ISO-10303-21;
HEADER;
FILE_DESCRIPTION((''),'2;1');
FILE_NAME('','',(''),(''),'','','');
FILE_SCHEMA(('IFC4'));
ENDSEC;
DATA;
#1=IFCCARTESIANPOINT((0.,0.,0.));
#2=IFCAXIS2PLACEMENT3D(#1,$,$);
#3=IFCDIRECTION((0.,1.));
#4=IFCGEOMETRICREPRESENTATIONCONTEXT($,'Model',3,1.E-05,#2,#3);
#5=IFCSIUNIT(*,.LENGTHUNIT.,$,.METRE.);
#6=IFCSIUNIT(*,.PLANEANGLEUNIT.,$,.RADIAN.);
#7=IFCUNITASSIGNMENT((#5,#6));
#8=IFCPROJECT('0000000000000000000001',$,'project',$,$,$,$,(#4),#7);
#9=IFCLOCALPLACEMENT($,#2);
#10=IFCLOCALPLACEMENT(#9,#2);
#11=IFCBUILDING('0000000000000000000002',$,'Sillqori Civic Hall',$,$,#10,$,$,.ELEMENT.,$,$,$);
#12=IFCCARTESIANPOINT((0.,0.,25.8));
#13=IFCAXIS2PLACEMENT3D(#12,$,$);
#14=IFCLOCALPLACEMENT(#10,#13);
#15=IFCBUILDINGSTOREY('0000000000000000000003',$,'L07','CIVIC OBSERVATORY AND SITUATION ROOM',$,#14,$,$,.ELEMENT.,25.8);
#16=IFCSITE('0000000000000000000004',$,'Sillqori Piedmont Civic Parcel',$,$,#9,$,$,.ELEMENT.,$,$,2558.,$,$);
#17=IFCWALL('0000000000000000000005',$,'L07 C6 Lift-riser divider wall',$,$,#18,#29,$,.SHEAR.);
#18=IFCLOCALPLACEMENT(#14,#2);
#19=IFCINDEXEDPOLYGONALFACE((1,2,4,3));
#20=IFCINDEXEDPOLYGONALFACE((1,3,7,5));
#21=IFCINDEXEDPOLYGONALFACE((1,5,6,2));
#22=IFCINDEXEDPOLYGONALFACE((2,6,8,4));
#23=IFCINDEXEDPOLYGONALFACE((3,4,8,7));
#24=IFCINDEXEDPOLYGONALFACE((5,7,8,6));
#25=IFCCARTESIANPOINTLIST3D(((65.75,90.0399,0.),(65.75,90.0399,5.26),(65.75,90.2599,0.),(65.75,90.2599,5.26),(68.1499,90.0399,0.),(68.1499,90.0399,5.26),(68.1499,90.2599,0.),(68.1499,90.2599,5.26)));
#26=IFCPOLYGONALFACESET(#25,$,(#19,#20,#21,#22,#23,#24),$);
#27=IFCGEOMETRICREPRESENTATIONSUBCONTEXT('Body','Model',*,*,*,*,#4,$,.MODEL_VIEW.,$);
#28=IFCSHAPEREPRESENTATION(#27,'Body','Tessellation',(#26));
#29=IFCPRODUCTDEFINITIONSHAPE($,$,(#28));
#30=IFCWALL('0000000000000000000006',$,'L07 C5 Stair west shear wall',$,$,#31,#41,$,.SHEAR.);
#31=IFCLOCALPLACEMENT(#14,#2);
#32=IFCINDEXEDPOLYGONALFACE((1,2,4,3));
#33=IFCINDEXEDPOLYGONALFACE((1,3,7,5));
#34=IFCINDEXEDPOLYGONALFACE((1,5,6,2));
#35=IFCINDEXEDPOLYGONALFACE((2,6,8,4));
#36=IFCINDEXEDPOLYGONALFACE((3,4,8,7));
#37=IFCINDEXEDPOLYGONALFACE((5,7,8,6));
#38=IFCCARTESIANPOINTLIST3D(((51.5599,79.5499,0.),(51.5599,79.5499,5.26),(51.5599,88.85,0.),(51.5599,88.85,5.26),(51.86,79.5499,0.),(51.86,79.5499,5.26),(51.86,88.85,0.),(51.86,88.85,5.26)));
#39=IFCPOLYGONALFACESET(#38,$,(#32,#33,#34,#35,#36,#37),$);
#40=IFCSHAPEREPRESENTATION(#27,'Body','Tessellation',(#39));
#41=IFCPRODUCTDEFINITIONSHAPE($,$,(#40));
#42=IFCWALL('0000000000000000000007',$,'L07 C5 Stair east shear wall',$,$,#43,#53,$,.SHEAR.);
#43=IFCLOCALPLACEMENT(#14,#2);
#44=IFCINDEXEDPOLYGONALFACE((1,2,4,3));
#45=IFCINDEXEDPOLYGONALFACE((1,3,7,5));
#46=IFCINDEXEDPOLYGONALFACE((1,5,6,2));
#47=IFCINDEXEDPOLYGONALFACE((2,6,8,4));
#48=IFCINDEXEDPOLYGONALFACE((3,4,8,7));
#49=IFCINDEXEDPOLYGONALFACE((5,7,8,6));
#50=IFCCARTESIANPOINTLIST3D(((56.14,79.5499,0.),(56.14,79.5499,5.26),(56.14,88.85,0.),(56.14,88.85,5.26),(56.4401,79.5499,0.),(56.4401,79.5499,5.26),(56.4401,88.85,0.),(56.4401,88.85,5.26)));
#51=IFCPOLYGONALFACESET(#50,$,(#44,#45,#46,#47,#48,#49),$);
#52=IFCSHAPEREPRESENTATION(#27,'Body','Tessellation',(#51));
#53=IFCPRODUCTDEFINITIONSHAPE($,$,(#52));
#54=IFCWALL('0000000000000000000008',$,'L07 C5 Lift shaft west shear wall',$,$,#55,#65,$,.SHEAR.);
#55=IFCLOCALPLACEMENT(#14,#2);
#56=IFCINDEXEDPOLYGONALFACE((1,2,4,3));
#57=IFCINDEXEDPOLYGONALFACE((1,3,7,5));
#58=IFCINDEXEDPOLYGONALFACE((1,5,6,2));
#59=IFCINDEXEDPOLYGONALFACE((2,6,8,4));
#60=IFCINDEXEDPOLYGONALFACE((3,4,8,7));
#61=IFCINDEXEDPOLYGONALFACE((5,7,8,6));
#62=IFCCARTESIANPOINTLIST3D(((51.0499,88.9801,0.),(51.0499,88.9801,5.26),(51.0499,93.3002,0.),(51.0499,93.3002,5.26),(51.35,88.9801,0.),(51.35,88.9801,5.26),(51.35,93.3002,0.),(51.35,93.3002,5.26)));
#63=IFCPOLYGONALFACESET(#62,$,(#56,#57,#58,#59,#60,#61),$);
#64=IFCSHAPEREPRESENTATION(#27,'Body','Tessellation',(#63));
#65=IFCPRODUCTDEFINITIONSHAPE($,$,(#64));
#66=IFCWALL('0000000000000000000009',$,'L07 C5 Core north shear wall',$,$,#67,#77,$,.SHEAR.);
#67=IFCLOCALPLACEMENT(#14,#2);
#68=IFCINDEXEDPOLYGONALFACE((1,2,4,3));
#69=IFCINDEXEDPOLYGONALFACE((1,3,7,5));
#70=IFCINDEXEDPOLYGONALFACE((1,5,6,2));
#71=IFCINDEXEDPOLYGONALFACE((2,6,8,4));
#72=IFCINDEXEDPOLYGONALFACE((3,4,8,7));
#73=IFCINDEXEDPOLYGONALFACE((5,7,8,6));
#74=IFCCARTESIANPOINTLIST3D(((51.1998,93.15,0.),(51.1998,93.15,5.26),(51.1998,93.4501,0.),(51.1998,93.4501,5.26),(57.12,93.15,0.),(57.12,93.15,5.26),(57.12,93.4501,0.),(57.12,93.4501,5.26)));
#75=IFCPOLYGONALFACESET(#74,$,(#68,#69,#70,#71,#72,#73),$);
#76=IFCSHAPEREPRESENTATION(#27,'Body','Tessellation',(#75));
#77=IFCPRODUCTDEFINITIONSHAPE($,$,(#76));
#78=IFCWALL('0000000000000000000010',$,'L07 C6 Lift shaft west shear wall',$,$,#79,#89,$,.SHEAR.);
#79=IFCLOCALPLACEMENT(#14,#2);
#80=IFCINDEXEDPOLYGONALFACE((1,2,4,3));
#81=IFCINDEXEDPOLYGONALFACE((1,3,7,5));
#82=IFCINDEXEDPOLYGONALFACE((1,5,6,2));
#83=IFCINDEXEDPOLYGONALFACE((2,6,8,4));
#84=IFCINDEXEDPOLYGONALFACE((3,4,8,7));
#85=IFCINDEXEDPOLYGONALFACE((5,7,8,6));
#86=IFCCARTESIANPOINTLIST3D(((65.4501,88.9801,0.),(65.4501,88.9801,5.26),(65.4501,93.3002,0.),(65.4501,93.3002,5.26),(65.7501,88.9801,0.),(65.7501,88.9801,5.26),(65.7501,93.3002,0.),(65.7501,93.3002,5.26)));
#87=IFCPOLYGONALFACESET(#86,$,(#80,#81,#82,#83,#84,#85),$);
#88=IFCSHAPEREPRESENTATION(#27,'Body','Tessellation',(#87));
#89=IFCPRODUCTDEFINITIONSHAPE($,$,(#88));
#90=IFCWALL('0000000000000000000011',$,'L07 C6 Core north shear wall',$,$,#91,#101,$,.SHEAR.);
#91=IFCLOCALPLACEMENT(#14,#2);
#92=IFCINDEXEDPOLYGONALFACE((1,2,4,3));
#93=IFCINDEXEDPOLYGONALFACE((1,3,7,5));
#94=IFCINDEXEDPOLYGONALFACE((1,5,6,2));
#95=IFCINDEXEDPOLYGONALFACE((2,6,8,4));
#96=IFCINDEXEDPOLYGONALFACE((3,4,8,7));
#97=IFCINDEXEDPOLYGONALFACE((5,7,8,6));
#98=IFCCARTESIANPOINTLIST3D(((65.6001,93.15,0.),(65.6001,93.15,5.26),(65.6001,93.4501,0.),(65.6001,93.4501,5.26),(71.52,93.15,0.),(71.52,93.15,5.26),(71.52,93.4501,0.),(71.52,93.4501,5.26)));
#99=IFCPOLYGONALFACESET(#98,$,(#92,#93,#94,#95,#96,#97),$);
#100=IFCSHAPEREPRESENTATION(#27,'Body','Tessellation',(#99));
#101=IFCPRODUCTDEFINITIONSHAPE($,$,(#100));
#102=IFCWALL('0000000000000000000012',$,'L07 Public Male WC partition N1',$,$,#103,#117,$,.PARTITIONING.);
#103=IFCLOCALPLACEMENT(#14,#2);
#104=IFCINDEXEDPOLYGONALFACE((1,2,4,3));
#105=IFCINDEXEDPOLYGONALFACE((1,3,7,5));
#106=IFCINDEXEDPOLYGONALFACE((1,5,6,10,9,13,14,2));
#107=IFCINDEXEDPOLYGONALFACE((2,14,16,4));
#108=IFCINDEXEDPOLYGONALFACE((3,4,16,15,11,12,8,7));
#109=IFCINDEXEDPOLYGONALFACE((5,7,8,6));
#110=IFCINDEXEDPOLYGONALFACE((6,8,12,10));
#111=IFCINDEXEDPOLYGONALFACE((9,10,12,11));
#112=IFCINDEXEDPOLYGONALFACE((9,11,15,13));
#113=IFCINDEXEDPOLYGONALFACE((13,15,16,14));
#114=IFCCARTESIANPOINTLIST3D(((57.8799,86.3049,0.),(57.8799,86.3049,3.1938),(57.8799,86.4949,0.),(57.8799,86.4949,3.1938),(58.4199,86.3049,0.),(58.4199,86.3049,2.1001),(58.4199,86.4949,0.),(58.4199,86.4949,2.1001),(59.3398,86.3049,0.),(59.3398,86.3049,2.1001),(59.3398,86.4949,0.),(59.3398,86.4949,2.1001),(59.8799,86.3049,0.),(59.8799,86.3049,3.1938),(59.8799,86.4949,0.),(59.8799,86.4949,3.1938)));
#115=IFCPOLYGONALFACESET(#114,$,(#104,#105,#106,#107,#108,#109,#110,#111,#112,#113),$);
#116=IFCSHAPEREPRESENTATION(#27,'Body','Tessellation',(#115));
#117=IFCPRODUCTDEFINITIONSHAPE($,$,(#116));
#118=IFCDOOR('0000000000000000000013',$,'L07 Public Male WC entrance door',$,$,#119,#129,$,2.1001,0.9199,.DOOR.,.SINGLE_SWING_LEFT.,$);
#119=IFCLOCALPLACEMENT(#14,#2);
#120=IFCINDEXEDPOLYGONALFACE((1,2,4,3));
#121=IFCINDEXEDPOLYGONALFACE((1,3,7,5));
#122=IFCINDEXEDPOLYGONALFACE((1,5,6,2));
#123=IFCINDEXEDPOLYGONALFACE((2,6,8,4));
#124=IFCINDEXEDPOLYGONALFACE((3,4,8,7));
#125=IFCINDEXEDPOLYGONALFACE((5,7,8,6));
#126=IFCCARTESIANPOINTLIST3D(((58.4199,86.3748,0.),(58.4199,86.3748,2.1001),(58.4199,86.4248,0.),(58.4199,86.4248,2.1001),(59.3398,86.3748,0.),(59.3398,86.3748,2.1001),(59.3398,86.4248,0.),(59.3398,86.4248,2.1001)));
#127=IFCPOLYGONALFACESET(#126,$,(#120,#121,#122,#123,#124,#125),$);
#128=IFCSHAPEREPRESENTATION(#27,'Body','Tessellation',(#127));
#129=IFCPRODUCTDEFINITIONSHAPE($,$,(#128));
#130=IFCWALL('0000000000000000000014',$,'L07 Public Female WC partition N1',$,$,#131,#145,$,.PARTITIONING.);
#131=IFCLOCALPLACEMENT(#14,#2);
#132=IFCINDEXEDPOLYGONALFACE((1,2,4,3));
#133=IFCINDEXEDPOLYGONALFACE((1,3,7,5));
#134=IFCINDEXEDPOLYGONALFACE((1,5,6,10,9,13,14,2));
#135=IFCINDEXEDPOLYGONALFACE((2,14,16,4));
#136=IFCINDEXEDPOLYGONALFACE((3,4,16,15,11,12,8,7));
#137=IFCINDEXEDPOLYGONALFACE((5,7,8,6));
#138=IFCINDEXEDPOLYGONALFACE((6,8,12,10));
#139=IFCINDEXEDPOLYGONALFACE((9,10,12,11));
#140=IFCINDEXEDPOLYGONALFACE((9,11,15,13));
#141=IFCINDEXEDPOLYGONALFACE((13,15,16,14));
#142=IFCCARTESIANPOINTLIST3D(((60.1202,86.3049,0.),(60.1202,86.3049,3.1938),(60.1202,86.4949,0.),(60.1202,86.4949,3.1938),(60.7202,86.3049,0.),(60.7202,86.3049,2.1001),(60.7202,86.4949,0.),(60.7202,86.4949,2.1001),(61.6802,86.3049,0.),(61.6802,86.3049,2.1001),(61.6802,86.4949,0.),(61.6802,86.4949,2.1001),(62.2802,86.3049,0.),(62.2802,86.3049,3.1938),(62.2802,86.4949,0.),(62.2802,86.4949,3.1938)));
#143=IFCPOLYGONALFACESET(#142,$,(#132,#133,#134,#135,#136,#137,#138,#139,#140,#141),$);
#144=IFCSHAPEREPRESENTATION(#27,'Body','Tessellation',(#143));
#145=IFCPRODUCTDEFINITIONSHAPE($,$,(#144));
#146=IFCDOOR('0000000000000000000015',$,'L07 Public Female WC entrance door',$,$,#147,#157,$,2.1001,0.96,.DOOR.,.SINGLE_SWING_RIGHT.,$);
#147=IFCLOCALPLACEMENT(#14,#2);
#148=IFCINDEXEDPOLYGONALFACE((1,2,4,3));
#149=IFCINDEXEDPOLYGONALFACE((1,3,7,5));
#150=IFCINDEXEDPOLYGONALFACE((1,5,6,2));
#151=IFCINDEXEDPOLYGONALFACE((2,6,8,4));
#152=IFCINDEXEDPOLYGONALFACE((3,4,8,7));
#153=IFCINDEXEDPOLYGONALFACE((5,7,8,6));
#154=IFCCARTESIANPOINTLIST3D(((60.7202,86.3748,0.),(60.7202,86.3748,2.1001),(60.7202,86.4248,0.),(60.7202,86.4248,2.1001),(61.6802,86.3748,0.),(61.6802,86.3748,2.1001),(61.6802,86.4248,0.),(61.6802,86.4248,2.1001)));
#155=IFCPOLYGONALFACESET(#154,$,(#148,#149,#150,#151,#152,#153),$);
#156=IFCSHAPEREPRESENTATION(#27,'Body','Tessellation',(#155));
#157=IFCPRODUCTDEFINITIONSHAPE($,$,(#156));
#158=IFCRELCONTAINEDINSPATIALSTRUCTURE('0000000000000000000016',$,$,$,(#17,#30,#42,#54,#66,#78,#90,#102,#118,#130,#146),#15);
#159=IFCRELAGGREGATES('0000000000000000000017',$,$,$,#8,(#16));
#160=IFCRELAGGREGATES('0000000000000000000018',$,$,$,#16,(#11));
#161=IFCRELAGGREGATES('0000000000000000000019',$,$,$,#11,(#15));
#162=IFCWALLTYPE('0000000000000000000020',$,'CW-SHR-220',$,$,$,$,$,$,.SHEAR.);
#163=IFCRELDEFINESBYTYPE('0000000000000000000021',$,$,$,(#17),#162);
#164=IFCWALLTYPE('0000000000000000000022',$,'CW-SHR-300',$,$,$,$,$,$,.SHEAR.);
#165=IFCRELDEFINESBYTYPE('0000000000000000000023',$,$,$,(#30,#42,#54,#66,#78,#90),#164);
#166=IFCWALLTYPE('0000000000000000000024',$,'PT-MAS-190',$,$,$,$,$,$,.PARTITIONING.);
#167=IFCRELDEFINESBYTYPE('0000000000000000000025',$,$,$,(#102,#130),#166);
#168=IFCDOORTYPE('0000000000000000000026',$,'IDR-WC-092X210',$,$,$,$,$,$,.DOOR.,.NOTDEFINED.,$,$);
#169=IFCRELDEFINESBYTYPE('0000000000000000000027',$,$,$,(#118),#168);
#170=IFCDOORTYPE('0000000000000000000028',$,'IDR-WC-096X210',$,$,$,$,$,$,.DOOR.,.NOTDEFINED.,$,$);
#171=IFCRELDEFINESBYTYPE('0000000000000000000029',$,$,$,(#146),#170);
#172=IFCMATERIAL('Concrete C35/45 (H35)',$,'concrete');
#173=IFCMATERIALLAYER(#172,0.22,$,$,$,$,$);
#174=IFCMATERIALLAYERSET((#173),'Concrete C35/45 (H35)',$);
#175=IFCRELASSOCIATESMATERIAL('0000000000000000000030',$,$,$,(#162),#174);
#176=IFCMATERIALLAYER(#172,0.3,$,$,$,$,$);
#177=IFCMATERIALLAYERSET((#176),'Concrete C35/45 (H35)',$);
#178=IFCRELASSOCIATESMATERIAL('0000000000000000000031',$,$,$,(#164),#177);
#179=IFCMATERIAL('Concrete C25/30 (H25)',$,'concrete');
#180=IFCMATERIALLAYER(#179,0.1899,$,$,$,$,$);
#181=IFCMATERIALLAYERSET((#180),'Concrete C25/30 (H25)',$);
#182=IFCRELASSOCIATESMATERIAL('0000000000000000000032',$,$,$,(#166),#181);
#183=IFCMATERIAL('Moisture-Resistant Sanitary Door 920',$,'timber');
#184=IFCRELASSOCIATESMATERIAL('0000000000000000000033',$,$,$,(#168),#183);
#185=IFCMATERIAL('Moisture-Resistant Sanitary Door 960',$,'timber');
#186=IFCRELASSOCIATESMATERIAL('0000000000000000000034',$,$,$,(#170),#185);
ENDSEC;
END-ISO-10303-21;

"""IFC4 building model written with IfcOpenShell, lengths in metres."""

from ifc_helpers import new_model, si_unit, direction, frame, frame_2d, origin, place, context, subcontext, project, spatial, rectangle, extrude, material, layer, layer_set, type_object, element, fill, save


model = new_model("IFC4")

# Units and contexts
model_context = context("Model", 3, precision=1e-05, world=origin(), true_north=direction((0.0, 1.0)))
body_context = subcontext(model_context, "Body", "Model", "MODEL_VIEW")
ifc_project = project(units=[si_unit("LENGTHUNIT", "METRE"), si_unit("PLANEANGLEUNIT", "RADIAN")], contexts=[model_context])

# Site, building, storey
site_placement = place(None, origin())
site = spatial("IfcSite", under=ifc_project, at=site_placement, Name="Sillqori Piedmont Civic Parcel", CompositionType="ELEMENT", RefElevation=2558.0)
building_placement = place(site_placement, origin())
building = spatial("IfcBuilding", under=site, at=building_placement, Name="Sillqori Civic Hall", CompositionType="ELEMENT")
storey_placement = place(building_placement, frame((0.0, 0.0, 25.8)))
storey = spatial("IfcBuildingStorey", under=building, at=storey_placement, Name="L07", Description="CIVIC OBSERVATORY AND SITUATION ROOM", CompositionType="ELEMENT", Elevation=25.8)

# Shared definitions
ifc_material_1 = material(Name="Concrete C35/45 (H35)", Category="concrete")

# Shared definitions
ifc_layer_1 = layer(ifc_material_1, 0.22)
ifc_layer_set_1 = layer_set([ifc_layer_1], Name="Concrete C35/45 (H35)")
wall_type_1 = type_object("IfcWallType", Name="CW-SHR-220", PredefinedType="SHEAR", material=ifc_layer_set_1)

# Wall
wall_1_placement = place(storey_placement, frame((65.75, 90.1499, 0.0), z_axis=(0.0, 0.0, 1.0), x_axis=(1.0, 0.0, 0.0)))
element("IfcWall", 1, at=wall_1_placement, inside=storey, type_object=wall_type_1, Name="L07 C6 Lift-riser divider wall", PredefinedType="SHEAR", context=body_context, shape_type="SweptSolid", body=[
    extrude(rectangle(XDim=2.3999, YDim=0.22, at=frame_2d((1.2, 0.0))), origin(), (0.0, 0.0, 1.0), 5.26),
])

# Walls
ifc_layer_2 = layer(ifc_material_1, 0.3)
ifc_layer_set_2 = layer_set([ifc_layer_2], Name="Concrete C35/45 (H35)")
wall_type_2 = type_object("IfcWallType", Name="CW-SHR-300", PredefinedType="SHEAR", material=ifc_layer_set_2)
for number, where, z_axis, x_axis, name in (
    (2, (51.71, 79.55, 0.0), (0.0, 0.0, 1.0), (0.0, 1.0, 0.0), "L07 C5 Stair west shear wall"),
    (3, (56.29, 79.55, 0.0), (0.0, 0.0, 1.0), (0.0, 1.0, 0.0), "L07 C5 Stair east shear wall"),
):
    element("IfcWall", number, at=place(storey_placement, frame(where, z_axis=z_axis, x_axis=x_axis)), inside=storey, type_object=wall_type_2, Name=name, PredefinedType="SHEAR", context=body_context, shape_type="SweptSolid", body=[
        extrude(rectangle(XDim=9.3, YDim=0.3, at=frame_2d((4.6499, 0.0))), origin(), (0.0, 0.0, 1.0), 5.26),
    ])
wall_2_placement = place(storey_placement, frame((51.2, 88.98, 0.0), z_axis=(0.0, 0.0, 1.0), x_axis=(0.0, 1.0, 0.0)))
element("IfcWall", 4, at=wall_2_placement, inside=storey, type_object=wall_type_2, Name="L07 C5 Lift shaft west shear wall", PredefinedType="SHEAR", context=body_context, shape_type="SweptSolid", body=[
    extrude(rectangle(XDim=4.3201, YDim=0.3, at=frame_2d((2.1602, 0.0))), origin(), (0.0, 0.0, 1.0), 5.26),
])
wall_3_placement = place(storey_placement, frame((51.2, 93.3, 0.0), z_axis=(0.0, 0.0, 1.0), x_axis=(1.0, 0.0, 0.0)))
element("IfcWall", 5, at=wall_3_placement, inside=storey, type_object=wall_type_2, Name="L07 C5 Core north shear wall", PredefinedType="SHEAR", context=body_context, shape_type="SweptSolid", body=[
    extrude(rectangle(XDim=5.9202, YDim=0.3, at=frame_2d((2.96, 0.0))), origin(), (0.0, 0.0, 1.0), 5.26),
])
wall_4_placement = place(storey_placement, frame((65.6001, 88.98, 0.0), z_axis=(0.0, 0.0, 1.0), x_axis=(0.0, 1.0, 0.0)))
element("IfcWall", 6, at=wall_4_placement, inside=storey, type_object=wall_type_2, Name="L07 C6 Lift shaft west shear wall", PredefinedType="SHEAR", context=body_context, shape_type="SweptSolid", body=[
    extrude(rectangle(XDim=4.3201, YDim=0.3, at=frame_2d((2.1602, 0.0))), origin(), (0.0, 0.0, 1.0), 5.26),
])
wall_5_placement = place(storey_placement, frame((65.6001, 93.3, 0.0), z_axis=(0.0, 0.0, 1.0), x_axis=(1.0, 0.0, 0.0)))
element("IfcWall", 7, at=wall_5_placement, inside=storey, type_object=wall_type_2, Name="L07 C6 Core north shear wall", PredefinedType="SHEAR", context=body_context, shape_type="SweptSolid", body=[
    extrude(rectangle(XDim=5.9199, YDim=0.3, at=frame_2d((2.96, 0.0))), origin(), (0.0, 0.0, 1.0), 5.26),
])

# Walls, openings, doors
ifc_material_2 = material(Name="Concrete C25/30 (H25)", Category="concrete")
ifc_layer_3 = layer(ifc_material_2, 0.1899)
ifc_layer_set_3 = layer_set([ifc_layer_3], Name="Concrete C25/30 (H25)")
wall_type_3 = type_object("IfcWallType", Name="PT-MAS-190", PredefinedType="PARTITIONING", material=ifc_layer_set_3)
wall_6_placement = place(storey_placement, frame((57.8799, 86.3999, 0.0), z_axis=(0.0, 0.0, 1.0), x_axis=(1.0, 0.0, 0.0)))
wall_6 = element("IfcWall", 8, at=wall_6_placement, inside=storey, type_object=wall_type_3, Name="L07 Public Male WC partition N1", PredefinedType="PARTITIONING", context=body_context, shape_type="SweptSolid", body=[
    extrude(rectangle(XDim=2.0, YDim=0.1899, at=frame_2d((1.0, 0.0))), origin(), (0.0, 0.0, 1.0), 3.1938),
])
opening_1_placement = place(wall_6_placement, frame((0.54, 0.0, 0.0)))
opening_1 = element("IfcOpeningElement", 9, at=opening_1_placement, cuts=wall_6, PredefinedType="OPENING", context=body_context, shape_type="SweptSolid", body=[
    extrude(rectangle(XDim=0.9199, YDim=2.1001, at=frame_2d((0.46, 1.05))), frame((0.0, 0.105, 0.0), z_axis=(0.0, -1.0, 0.0), x_axis=(1.0, 0.0, 0.0)), (0.0, 0.0, 1.0), 0.21),
])
ifc_material_3 = material(Name="Moisture-Resistant Sanitary Door 920", Category="timber")
door_type_1 = type_object("IfcDoorType", Name="IDR-WC-092X210", OperationType="NOTDEFINED", PredefinedType="DOOR", material=ifc_material_3)
door_1_placement = place(opening_1_placement, origin())
door_1 = element("IfcDoor", 10, at=door_1_placement, inside=storey, type_object=door_type_1, Name="L07 Public Male WC entrance door", OperationType="SINGLE_SWING_LEFT", OverallHeight=2.1001, OverallWidth=0.9199, PredefinedType="DOOR", context=body_context, shape_type="SweptSolid", body=[
    extrude(rectangle(XDim=0.9199, YDim=2.1001, at=frame_2d((0.46, 1.05))), frame((0.0, 0.0249, 0.0), z_axis=(0.0, -1.0, 0.0), x_axis=(1.0, 0.0, 0.0)), (0.0, 0.0, 1.0), 0.05),
])
fill(opening_1, door_1)
wall_7_placement = place(storey_placement, frame((60.1201, 86.3999, 0.0), z_axis=(0.0, 0.0, 1.0), x_axis=(1.0, 0.0, 0.0)))
wall_7 = element("IfcWall", 11, at=wall_7_placement, inside=storey, type_object=wall_type_3, Name="L07 Public Female WC partition N1", PredefinedType="PARTITIONING", context=body_context, shape_type="SweptSolid", body=[
    extrude(rectangle(XDim=2.1599, YDim=0.1899, at=frame_2d((1.0801, 0.0))), origin(), (0.0, 0.0, 1.0), 3.1938),
])
opening_2_placement = place(wall_7_placement, frame((0.6001, 0.0, 0.0)))
opening_2 = element("IfcOpeningElement", 12, at=opening_2_placement, cuts=wall_7, PredefinedType="OPENING", context=body_context, shape_type="SweptSolid", body=[
    extrude(rectangle(XDim=0.96, YDim=2.1001, at=frame_2d((0.48, 1.05))), frame((0.0, 0.105, 0.0), z_axis=(0.0, -1.0, 0.0), x_axis=(1.0, 0.0, 0.0)), (0.0, 0.0, 1.0), 0.21),
])
ifc_material_4 = material(Name="Moisture-Resistant Sanitary Door 960", Category="timber")
door_type_2 = type_object("IfcDoorType", Name="IDR-WC-096X210", OperationType="NOTDEFINED", PredefinedType="DOOR", material=ifc_material_4)
door_2_placement = place(opening_2_placement, origin())
door_2 = element("IfcDoor", 13, at=door_2_placement, inside=storey, type_object=door_type_2, Name="L07 Public Female WC entrance door", OperationType="SINGLE_SWING_RIGHT", OverallHeight=2.1001, OverallWidth=0.96, PredefinedType="DOOR", context=body_context, shape_type="SweptSolid", body=[
    extrude(rectangle(XDim=0.96, YDim=2.1001, at=frame_2d((0.48, 1.05))), frame((0.0, 0.0249, 0.0), z_axis=(0.0, -1.0, 0.0), x_axis=(1.0, 0.0, 0.0)), (0.0, 0.0, 1.0), 0.05),
])
fill(opening_2, door_2)

save(model, "model.ifc")
